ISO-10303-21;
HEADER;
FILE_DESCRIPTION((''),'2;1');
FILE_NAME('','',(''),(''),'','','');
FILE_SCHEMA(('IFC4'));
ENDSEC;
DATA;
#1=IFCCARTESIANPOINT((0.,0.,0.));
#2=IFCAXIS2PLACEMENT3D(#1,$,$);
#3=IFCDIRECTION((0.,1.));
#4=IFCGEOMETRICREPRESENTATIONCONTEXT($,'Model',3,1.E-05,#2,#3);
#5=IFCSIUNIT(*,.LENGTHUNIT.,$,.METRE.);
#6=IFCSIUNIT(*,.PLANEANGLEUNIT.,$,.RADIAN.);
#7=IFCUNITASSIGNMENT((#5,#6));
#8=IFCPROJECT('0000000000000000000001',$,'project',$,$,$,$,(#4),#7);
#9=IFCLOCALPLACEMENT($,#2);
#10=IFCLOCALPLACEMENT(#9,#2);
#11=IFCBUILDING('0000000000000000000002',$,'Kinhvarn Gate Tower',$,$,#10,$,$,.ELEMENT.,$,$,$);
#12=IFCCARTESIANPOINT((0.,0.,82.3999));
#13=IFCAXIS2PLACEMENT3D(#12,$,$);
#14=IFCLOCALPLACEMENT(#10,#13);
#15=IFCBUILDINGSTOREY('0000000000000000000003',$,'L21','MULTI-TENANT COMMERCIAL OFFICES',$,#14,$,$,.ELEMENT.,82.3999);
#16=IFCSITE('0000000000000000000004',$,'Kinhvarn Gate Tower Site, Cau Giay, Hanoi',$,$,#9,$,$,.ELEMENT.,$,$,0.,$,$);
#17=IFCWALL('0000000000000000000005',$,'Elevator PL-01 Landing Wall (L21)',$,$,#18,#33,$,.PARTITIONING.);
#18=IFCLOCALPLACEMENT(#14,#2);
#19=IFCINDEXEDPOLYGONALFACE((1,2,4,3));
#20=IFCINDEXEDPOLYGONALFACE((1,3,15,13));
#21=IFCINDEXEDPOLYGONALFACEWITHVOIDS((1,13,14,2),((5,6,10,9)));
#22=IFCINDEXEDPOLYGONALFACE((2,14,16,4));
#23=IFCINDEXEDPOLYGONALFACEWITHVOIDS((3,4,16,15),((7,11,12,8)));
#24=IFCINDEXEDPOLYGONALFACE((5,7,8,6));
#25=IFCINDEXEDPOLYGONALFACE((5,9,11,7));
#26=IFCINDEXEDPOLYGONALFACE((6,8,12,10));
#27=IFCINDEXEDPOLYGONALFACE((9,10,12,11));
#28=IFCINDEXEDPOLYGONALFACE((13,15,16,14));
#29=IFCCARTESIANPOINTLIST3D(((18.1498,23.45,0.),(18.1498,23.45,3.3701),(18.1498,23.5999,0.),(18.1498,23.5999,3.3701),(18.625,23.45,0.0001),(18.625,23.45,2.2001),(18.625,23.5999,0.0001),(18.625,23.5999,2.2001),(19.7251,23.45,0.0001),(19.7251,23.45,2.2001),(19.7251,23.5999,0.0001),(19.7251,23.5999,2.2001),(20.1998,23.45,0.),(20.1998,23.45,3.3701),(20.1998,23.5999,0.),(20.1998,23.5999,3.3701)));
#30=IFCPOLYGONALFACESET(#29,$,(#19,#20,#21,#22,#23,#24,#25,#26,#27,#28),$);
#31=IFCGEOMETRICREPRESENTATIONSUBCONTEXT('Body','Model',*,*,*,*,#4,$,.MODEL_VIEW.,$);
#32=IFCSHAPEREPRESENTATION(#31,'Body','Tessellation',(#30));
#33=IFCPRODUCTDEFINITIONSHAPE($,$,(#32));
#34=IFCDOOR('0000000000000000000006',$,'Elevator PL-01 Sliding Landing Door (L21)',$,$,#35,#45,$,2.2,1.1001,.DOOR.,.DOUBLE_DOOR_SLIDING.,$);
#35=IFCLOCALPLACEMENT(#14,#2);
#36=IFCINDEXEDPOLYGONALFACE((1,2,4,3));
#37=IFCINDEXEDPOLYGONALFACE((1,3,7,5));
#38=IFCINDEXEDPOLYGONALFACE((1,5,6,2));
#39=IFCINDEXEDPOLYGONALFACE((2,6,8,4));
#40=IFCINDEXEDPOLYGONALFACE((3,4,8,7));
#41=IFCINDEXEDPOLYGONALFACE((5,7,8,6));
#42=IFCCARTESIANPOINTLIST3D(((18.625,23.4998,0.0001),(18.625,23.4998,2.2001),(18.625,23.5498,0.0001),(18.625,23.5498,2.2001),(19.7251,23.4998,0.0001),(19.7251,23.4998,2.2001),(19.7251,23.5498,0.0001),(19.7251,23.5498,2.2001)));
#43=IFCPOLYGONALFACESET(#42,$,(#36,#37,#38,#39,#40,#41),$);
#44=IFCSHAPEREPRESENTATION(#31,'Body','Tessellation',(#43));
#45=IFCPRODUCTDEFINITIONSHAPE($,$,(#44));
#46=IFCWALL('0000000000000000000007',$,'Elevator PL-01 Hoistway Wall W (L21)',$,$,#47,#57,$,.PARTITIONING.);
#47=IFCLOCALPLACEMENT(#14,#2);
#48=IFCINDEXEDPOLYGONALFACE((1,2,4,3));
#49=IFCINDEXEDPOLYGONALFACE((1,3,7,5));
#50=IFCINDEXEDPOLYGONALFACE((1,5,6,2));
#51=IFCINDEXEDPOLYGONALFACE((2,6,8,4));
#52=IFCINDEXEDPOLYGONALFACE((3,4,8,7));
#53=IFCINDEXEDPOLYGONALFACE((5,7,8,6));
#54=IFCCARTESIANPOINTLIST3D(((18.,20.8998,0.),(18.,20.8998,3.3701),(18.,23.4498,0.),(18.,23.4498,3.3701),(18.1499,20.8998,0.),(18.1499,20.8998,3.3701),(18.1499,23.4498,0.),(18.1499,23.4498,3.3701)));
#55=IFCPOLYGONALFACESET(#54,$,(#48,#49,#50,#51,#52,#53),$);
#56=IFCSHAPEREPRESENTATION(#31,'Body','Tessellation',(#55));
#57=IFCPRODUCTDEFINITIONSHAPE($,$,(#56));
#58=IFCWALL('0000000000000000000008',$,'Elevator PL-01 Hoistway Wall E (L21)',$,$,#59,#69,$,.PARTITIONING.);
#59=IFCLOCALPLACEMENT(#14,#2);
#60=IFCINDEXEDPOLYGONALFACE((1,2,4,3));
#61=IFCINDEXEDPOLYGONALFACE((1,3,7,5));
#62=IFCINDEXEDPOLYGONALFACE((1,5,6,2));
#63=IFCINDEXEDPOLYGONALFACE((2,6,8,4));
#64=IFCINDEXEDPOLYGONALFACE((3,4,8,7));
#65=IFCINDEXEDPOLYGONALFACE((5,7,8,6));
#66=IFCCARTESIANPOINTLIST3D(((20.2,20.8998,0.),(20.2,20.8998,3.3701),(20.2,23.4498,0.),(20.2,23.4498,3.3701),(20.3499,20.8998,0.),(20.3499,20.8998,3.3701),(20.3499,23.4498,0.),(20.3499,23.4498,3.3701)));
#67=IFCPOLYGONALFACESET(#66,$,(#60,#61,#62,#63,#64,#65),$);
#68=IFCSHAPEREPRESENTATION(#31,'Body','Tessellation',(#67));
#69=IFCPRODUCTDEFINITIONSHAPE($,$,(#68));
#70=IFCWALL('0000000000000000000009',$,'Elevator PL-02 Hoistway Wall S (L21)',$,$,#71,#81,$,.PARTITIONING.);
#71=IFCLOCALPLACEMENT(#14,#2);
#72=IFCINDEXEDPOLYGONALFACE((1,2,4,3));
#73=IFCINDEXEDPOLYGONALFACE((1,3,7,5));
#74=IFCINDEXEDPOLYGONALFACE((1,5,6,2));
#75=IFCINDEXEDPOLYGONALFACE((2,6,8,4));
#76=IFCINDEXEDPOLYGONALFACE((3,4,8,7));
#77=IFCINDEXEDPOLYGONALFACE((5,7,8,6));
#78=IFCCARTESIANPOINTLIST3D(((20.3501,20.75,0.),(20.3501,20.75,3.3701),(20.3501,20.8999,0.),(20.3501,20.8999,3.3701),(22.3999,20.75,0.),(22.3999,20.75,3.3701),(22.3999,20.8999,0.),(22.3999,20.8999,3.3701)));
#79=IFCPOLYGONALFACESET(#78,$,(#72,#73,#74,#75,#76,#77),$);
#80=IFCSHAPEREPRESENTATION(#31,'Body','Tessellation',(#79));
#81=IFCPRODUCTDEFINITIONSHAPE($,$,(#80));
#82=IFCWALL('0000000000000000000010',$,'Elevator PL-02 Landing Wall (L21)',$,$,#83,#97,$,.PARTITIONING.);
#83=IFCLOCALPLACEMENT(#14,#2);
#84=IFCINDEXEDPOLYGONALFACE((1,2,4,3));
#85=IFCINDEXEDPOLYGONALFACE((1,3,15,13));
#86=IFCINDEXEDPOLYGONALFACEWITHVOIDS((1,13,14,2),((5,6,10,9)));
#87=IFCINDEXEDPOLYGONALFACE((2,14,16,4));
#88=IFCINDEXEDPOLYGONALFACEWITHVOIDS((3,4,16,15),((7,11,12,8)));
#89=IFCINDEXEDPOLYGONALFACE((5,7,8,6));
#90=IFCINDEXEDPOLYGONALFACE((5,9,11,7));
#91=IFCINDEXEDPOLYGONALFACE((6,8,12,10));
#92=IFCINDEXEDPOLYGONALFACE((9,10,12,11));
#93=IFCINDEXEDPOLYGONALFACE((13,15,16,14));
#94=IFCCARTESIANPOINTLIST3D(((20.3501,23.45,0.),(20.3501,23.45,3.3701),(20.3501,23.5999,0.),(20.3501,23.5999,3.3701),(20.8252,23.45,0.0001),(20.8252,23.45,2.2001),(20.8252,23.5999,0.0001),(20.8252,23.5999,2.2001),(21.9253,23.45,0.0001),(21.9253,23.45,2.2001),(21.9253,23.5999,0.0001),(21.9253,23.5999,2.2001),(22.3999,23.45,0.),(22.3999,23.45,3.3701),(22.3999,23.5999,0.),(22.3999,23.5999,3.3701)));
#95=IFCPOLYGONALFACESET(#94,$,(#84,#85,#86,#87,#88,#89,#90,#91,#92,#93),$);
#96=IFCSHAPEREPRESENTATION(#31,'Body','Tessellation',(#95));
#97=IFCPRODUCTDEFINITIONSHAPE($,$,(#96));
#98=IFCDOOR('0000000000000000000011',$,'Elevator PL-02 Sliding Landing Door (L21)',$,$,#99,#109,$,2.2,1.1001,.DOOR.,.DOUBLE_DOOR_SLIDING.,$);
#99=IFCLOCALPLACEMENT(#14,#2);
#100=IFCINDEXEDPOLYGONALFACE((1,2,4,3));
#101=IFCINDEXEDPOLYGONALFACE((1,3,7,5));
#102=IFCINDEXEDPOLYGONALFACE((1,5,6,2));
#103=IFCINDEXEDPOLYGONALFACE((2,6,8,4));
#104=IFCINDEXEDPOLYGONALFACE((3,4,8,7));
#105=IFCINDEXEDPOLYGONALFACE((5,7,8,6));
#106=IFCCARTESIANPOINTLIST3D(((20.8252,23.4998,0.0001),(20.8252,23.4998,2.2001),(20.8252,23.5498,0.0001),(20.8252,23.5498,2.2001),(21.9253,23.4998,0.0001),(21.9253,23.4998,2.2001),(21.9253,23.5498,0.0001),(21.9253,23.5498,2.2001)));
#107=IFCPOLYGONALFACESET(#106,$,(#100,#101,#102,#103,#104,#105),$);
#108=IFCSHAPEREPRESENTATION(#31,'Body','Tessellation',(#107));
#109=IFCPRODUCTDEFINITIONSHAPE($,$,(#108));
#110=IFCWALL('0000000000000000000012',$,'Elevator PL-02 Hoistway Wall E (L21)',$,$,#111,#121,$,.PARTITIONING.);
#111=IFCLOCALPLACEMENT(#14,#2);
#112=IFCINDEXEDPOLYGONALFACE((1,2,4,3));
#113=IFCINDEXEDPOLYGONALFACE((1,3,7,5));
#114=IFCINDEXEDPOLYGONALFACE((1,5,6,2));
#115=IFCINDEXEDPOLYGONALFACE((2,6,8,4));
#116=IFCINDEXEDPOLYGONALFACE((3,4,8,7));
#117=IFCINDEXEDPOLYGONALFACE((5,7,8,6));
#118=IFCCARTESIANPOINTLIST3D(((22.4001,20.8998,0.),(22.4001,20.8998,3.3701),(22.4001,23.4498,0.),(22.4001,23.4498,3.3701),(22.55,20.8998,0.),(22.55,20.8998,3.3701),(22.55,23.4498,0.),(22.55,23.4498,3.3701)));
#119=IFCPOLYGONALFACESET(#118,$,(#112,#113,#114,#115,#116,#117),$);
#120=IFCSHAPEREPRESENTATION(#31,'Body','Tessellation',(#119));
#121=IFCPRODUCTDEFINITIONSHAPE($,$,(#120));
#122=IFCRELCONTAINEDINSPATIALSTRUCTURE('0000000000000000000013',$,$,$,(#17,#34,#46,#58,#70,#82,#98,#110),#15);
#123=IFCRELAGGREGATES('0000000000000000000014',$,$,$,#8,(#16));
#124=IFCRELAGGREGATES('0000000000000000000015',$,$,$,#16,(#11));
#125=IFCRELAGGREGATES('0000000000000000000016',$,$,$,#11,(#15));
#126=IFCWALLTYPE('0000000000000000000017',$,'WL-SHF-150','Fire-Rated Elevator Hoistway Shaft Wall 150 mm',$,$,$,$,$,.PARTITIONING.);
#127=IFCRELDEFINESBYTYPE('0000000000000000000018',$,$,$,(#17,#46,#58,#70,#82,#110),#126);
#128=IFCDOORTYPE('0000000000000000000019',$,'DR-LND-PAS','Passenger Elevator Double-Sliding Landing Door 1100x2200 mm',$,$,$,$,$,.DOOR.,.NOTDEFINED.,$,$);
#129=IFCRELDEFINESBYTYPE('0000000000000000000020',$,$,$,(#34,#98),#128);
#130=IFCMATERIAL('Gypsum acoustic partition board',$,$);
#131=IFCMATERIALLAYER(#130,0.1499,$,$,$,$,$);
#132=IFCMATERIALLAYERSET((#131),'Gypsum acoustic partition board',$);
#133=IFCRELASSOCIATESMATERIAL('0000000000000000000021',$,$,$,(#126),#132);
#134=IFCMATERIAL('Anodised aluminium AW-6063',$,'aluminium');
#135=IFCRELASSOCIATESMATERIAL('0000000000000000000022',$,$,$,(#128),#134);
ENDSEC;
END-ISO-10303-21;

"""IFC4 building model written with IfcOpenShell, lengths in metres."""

from ifc_helpers import new_model, si_unit, direction, frame, frame_2d, origin, place, context, subcontext, project, spatial, rectangle, extrude, material, layer, layer_set, type_object, element, fill, save


model = new_model("IFC4")

# Units and contexts
model_context = context("Model", 3, precision=1e-05, world=origin(), true_north=direction((0.0, 1.0)))
body_context = subcontext(model_context, "Body", "Model", "MODEL_VIEW")
ifc_project = project(units=[si_unit("LENGTHUNIT", "METRE"), si_unit("PLANEANGLEUNIT", "RADIAN")], contexts=[model_context])

# Site, building, storey
site_placement = place(None, origin())
site = spatial("IfcSite", under=ifc_project, at=site_placement, Name="Kinhvarn Gate Tower Site, Cau Giay, Hanoi", CompositionType="ELEMENT", RefElevation=0.0)
building_placement = place(site_placement, origin())
building = spatial("IfcBuilding", under=site, at=building_placement, Name="Kinhvarn Gate Tower", CompositionType="ELEMENT")
storey_placement = place(building_placement, frame((0.0, 0.0, 82.3999)))
storey = spatial("IfcBuildingStorey", under=building, at=storey_placement, Name="L21", Description="MULTI-TENANT COMMERCIAL OFFICES", CompositionType="ELEMENT", Elevation=82.3999)

# Shared definitions
ifc_material_1 = material(Name="Gypsum acoustic partition board")

# Shared definitions
ifc_material_2 = material(Name="Anodised aluminium AW-6063", Category="aluminium")

# Shared definitions
ifc_layer_1 = layer(ifc_material_1, 0.1499)
ifc_layer_set_1 = layer_set([ifc_layer_1], Name="Gypsum acoustic partition board")
wall_type_1 = type_object("IfcWallType", Name="WL-SHF-150", Description="Fire-Rated Elevator Hoistway Shaft Wall 150 mm", PredefinedType="PARTITIONING", material=ifc_layer_set_1)

# Wall, opening, door
wall_1_placement = place(storey_placement, frame((18.1499, 23.5249, 0.0), z_axis=(0.0, 0.0, 1.0), x_axis=(1.0, 0.0, 0.0)))
wall_1 = element("IfcWall", 1, at=wall_1_placement, inside=storey, type_object=wall_type_1, Name="Elevator PL-01 Landing Wall (L21)", PredefinedType="PARTITIONING", context=body_context, shape_type="SweptSolid", body=[
    extrude(rectangle(XDim=2.05, YDim=0.1499, at=frame_2d((1.0249, 0.0))), origin(), (0.0, 0.0, 1.0), 3.3701),
])
opening_1_placement = place(wall_1_placement, frame((0.4751, 0.0, 0.0)))
opening_1 = element("IfcOpeningElement", 2, at=opening_1_placement, cuts=wall_1, PredefinedType="OPENING", context=body_context, shape_type="SweptSolid", body=[
    extrude(rectangle(XDim=1.1001, YDim=2.2, at=frame_2d((0.55, 1.1001))), frame((0.0, 0.085, 0.0), z_axis=(0.0, -1.0, 0.0), x_axis=(1.0, 0.0, 0.0)), (0.0, 0.0, 1.0), 0.1699),
])
door_type_1 = type_object("IfcDoorType", Name="DR-LND-PAS", Description="Passenger Elevator Double-Sliding Landing Door 1100x2200 mm", OperationType="NOTDEFINED", PredefinedType="DOOR", material=ifc_material_2)
door_1_placement = place(opening_1_placement, origin())
door_1 = element("IfcDoor", 3, at=door_1_placement, inside=storey, type_object=door_type_1, Name="Elevator PL-01 Sliding Landing Door (L21)", OperationType="DOUBLE_DOOR_SLIDING", OverallHeight=2.2, OverallWidth=1.1001, PredefinedType="DOOR", context=body_context, shape_type="SweptSolid", body=[
    extrude(rectangle(XDim=1.1001, YDim=2.2, at=frame_2d((0.55, 1.1001))), frame((0.0, 0.0249, 0.0), z_axis=(0.0, -1.0, 0.0), x_axis=(1.0, 0.0, 0.0)), (0.0, 0.0, 1.0), 0.05),
])
fill(opening_1, door_1)

# Walls
for number, where, z_axis, x_axis, name in (
    (4, (18.075, 20.8999, 0.0), (0.0, 0.0, 1.0), (0.0, 1.0, 0.0), "Elevator PL-01 Hoistway Wall W (L21)"),
    (5, (20.2749, 20.8999, 0.0), (0.0, 0.0, 1.0), (0.0, 1.0, 0.0), "Elevator PL-01 Hoistway Wall E (L21)"),
):
    element("IfcWall", number, at=place(storey_placement, frame(where, z_axis=z_axis, x_axis=x_axis)), inside=storey, type_object=wall_type_1, Name=name, PredefinedType="PARTITIONING", context=body_context, shape_type="SweptSolid", body=[
        extrude(rectangle(XDim=2.55, YDim=0.1499, at=frame_2d((1.2749, 0.0))), origin(), (0.0, 0.0, 1.0), 3.3701),
    ])
wall_2_placement = place(storey_placement, frame((20.3501, 20.825, 0.0), z_axis=(0.0, 0.0, 1.0), x_axis=(1.0, 0.0, 0.0)))
element("IfcWall", 6, at=wall_2_placement, inside=storey, type_object=wall_type_1, Name="Elevator PL-02 Hoistway Wall S (L21)", PredefinedType="PARTITIONING", context=body_context, shape_type="SweptSolid", body=[
    extrude(rectangle(XDim=2.0498, YDim=0.1499, at=frame_2d((1.0249, 0.0))), origin(), (0.0, 0.0, 1.0), 3.3701),
])

# Wall, opening, door
wall_3_placement = place(storey_placement, frame((20.3501, 23.5249, 0.0), z_axis=(0.0, 0.0, 1.0), x_axis=(1.0, 0.0, 0.0)))
wall_3 = element("IfcWall", 7, at=wall_3_placement, inside=storey, type_object=wall_type_1, Name="Elevator PL-02 Landing Wall (L21)", PredefinedType="PARTITIONING", context=body_context, shape_type="SweptSolid", body=[
    extrude(rectangle(XDim=2.0498, YDim=0.1499, at=frame_2d((1.0249, 0.0))), origin(), (0.0, 0.0, 1.0), 3.3701),
])
opening_2_placement = place(wall_3_placement, frame((0.4751, 0.0, 0.0)))
opening_2 = element("IfcOpeningElement", 8, at=opening_2_placement, cuts=wall_3, PredefinedType="OPENING", context=body_context, shape_type="SweptSolid", body=[
    extrude(rectangle(XDim=1.1001, YDim=2.2, at=frame_2d((0.55, 1.1001))), frame((0.0, 0.085, 0.0), z_axis=(0.0, -1.0, 0.0), x_axis=(1.0, 0.0, 0.0)), (0.0, 0.0, 1.0), 0.1699),
])
door_2_placement = place(opening_2_placement, origin())
door_2 = element("IfcDoor", 9, at=door_2_placement, inside=storey, type_object=door_type_1, Name="Elevator PL-02 Sliding Landing Door (L21)", OperationType="DOUBLE_DOOR_SLIDING", OverallHeight=2.2, OverallWidth=1.1001, PredefinedType="DOOR", context=body_context, shape_type="SweptSolid", body=[
    extrude(rectangle(XDim=1.1001, YDim=2.2, at=frame_2d((0.55, 1.1001))), frame((0.0, 0.0249, 0.0), z_axis=(0.0, -1.0, 0.0), x_axis=(1.0, 0.0, 0.0)), (0.0, 0.0, 1.0), 0.05),
])
fill(opening_2, door_2)

# Wall
wall_4_placement = place(storey_placement, frame((22.4751, 20.8999, 0.0), z_axis=(0.0, 0.0, 1.0), x_axis=(0.0, 1.0, 0.0)))
element("IfcWall", 10, at=wall_4_placement, inside=storey, type_object=wall_type_1, Name="Elevator PL-02 Hoistway Wall E (L21)", PredefinedType="PARTITIONING", context=body_context, shape_type="SweptSolid", body=[
    extrude(rectangle(XDim=2.55, YDim=0.1499, at=frame_2d((1.2749, 0.0))), origin(), (0.0, 0.0, 1.0), 3.3701),
])

save(model, "model.ifc")
